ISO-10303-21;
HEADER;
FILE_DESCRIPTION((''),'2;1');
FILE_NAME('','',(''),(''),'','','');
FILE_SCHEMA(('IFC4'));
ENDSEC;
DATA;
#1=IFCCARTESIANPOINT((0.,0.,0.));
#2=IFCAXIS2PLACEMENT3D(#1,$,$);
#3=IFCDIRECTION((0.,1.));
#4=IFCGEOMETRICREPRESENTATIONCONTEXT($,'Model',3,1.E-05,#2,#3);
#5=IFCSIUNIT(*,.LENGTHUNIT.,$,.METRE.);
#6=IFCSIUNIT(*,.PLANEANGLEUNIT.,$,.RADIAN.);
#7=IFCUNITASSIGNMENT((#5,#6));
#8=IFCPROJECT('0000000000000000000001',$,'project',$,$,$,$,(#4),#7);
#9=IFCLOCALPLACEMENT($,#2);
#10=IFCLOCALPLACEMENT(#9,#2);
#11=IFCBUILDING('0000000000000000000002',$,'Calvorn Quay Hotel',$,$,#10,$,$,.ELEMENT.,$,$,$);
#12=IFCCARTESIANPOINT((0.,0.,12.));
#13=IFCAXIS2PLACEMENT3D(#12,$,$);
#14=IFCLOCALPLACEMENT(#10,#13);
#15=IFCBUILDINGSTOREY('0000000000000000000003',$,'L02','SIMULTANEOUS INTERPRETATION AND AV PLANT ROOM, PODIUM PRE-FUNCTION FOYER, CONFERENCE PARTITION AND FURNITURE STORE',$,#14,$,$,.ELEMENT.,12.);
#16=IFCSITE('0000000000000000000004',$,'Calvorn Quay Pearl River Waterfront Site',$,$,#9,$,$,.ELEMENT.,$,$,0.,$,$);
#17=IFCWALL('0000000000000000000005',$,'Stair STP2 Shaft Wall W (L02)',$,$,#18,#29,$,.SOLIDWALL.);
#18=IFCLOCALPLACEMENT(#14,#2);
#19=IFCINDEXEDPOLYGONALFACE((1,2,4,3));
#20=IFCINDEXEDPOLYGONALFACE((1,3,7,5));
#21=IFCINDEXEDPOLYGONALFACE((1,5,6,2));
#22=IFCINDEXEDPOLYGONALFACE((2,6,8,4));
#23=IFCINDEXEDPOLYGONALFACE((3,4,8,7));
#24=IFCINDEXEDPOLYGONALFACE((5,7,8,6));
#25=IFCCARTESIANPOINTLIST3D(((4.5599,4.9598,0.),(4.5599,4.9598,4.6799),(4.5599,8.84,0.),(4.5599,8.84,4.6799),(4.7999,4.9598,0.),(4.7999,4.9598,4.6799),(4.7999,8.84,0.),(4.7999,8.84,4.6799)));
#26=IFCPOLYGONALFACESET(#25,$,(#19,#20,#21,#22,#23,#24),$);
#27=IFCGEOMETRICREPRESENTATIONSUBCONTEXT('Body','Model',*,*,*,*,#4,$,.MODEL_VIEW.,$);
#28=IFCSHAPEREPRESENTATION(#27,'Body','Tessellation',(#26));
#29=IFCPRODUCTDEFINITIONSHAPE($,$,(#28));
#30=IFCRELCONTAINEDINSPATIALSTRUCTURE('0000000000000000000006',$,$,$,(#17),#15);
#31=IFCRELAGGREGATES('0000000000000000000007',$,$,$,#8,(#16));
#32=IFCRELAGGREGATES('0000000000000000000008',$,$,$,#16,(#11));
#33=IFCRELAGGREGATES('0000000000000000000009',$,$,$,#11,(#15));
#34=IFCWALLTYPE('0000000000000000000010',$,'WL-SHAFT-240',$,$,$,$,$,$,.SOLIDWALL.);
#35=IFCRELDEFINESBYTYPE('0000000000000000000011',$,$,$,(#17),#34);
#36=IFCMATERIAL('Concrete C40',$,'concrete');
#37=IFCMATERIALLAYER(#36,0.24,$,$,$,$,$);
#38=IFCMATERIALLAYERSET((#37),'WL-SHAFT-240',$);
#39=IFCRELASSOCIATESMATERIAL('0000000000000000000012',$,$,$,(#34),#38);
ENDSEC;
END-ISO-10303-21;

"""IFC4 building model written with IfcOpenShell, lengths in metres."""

from ifc_helpers import new_model, si_unit, direction, frame, frame_2d, origin, place, context, subcontext, project, spatial, rectangle, extrude, material, layer, layer_set, type_object, element, save


model = new_model("IFC4")

# Units and contexts
model_context = context("Model", 3, precision=1e-05, world=origin(), true_north=direction((0.0, 1.0)))
body_context = subcontext(model_context, "Body", "Model", "MODEL_VIEW")
ifc_project = project(units=[si_unit("LENGTHUNIT", "METRE"), si_unit("PLANEANGLEUNIT", "RADIAN")], contexts=[model_context])

# Site, building, storey
site_placement = place(None, origin())
site = spatial("IfcSite", under=ifc_project, at=site_placement, Name="Calvorn Quay Pearl River Waterfront Site", CompositionType="ELEMENT", RefElevation=0.0)
building_placement = place(site_placement, origin())
building = spatial("IfcBuilding", under=site, at=building_placement, Name="Calvorn Quay Hotel", CompositionType="ELEMENT")
storey_placement = place(building_placement, frame((0.0, 0.0, 12.0)))
storey = spatial("IfcBuildingStorey", under=building, at=storey_placement, Name="L02", Description="SIMULTANEOUS INTERPRETATION AND AV PLANT ROOM, PODIUM PRE-FUNCTION FOYER, CONFERENCE PARTITION AND FURNITURE STORE", CompositionType="ELEMENT", Elevation=12.0)

# Wall
ifc_material_1 = material(Name="Concrete C40", Category="concrete")
ifc_layer_1 = layer(ifc_material_1, 0.24)
ifc_layer_set_1 = layer_set([ifc_layer_1], Name="WL-SHAFT-240")
wall_type_1 = type_object("IfcWallType", Name="WL-SHAFT-240", PredefinedType="SOLIDWALL", material=ifc_layer_set_1)
wall_placement = place(storey_placement, frame((4.6799, 4.96, 0.0), z_axis=(0.0, 0.0, 1.0), x_axis=(0.0, 1.0, 0.0)))
element("IfcWall", 1, at=wall_placement, inside=storey, type_object=wall_type_1, Name="Stair STP2 Shaft Wall W (L02)", PredefinedType="SOLIDWALL", context=body_context, shape_type="SweptSolid", body=[
    extrude(rectangle(XDim=3.8801, YDim=0.24, at=frame_2d((1.9399, 0.0))), origin(), (0.0, 0.0, 1.0), 4.6799),
])

save(model, "model.ifc")
